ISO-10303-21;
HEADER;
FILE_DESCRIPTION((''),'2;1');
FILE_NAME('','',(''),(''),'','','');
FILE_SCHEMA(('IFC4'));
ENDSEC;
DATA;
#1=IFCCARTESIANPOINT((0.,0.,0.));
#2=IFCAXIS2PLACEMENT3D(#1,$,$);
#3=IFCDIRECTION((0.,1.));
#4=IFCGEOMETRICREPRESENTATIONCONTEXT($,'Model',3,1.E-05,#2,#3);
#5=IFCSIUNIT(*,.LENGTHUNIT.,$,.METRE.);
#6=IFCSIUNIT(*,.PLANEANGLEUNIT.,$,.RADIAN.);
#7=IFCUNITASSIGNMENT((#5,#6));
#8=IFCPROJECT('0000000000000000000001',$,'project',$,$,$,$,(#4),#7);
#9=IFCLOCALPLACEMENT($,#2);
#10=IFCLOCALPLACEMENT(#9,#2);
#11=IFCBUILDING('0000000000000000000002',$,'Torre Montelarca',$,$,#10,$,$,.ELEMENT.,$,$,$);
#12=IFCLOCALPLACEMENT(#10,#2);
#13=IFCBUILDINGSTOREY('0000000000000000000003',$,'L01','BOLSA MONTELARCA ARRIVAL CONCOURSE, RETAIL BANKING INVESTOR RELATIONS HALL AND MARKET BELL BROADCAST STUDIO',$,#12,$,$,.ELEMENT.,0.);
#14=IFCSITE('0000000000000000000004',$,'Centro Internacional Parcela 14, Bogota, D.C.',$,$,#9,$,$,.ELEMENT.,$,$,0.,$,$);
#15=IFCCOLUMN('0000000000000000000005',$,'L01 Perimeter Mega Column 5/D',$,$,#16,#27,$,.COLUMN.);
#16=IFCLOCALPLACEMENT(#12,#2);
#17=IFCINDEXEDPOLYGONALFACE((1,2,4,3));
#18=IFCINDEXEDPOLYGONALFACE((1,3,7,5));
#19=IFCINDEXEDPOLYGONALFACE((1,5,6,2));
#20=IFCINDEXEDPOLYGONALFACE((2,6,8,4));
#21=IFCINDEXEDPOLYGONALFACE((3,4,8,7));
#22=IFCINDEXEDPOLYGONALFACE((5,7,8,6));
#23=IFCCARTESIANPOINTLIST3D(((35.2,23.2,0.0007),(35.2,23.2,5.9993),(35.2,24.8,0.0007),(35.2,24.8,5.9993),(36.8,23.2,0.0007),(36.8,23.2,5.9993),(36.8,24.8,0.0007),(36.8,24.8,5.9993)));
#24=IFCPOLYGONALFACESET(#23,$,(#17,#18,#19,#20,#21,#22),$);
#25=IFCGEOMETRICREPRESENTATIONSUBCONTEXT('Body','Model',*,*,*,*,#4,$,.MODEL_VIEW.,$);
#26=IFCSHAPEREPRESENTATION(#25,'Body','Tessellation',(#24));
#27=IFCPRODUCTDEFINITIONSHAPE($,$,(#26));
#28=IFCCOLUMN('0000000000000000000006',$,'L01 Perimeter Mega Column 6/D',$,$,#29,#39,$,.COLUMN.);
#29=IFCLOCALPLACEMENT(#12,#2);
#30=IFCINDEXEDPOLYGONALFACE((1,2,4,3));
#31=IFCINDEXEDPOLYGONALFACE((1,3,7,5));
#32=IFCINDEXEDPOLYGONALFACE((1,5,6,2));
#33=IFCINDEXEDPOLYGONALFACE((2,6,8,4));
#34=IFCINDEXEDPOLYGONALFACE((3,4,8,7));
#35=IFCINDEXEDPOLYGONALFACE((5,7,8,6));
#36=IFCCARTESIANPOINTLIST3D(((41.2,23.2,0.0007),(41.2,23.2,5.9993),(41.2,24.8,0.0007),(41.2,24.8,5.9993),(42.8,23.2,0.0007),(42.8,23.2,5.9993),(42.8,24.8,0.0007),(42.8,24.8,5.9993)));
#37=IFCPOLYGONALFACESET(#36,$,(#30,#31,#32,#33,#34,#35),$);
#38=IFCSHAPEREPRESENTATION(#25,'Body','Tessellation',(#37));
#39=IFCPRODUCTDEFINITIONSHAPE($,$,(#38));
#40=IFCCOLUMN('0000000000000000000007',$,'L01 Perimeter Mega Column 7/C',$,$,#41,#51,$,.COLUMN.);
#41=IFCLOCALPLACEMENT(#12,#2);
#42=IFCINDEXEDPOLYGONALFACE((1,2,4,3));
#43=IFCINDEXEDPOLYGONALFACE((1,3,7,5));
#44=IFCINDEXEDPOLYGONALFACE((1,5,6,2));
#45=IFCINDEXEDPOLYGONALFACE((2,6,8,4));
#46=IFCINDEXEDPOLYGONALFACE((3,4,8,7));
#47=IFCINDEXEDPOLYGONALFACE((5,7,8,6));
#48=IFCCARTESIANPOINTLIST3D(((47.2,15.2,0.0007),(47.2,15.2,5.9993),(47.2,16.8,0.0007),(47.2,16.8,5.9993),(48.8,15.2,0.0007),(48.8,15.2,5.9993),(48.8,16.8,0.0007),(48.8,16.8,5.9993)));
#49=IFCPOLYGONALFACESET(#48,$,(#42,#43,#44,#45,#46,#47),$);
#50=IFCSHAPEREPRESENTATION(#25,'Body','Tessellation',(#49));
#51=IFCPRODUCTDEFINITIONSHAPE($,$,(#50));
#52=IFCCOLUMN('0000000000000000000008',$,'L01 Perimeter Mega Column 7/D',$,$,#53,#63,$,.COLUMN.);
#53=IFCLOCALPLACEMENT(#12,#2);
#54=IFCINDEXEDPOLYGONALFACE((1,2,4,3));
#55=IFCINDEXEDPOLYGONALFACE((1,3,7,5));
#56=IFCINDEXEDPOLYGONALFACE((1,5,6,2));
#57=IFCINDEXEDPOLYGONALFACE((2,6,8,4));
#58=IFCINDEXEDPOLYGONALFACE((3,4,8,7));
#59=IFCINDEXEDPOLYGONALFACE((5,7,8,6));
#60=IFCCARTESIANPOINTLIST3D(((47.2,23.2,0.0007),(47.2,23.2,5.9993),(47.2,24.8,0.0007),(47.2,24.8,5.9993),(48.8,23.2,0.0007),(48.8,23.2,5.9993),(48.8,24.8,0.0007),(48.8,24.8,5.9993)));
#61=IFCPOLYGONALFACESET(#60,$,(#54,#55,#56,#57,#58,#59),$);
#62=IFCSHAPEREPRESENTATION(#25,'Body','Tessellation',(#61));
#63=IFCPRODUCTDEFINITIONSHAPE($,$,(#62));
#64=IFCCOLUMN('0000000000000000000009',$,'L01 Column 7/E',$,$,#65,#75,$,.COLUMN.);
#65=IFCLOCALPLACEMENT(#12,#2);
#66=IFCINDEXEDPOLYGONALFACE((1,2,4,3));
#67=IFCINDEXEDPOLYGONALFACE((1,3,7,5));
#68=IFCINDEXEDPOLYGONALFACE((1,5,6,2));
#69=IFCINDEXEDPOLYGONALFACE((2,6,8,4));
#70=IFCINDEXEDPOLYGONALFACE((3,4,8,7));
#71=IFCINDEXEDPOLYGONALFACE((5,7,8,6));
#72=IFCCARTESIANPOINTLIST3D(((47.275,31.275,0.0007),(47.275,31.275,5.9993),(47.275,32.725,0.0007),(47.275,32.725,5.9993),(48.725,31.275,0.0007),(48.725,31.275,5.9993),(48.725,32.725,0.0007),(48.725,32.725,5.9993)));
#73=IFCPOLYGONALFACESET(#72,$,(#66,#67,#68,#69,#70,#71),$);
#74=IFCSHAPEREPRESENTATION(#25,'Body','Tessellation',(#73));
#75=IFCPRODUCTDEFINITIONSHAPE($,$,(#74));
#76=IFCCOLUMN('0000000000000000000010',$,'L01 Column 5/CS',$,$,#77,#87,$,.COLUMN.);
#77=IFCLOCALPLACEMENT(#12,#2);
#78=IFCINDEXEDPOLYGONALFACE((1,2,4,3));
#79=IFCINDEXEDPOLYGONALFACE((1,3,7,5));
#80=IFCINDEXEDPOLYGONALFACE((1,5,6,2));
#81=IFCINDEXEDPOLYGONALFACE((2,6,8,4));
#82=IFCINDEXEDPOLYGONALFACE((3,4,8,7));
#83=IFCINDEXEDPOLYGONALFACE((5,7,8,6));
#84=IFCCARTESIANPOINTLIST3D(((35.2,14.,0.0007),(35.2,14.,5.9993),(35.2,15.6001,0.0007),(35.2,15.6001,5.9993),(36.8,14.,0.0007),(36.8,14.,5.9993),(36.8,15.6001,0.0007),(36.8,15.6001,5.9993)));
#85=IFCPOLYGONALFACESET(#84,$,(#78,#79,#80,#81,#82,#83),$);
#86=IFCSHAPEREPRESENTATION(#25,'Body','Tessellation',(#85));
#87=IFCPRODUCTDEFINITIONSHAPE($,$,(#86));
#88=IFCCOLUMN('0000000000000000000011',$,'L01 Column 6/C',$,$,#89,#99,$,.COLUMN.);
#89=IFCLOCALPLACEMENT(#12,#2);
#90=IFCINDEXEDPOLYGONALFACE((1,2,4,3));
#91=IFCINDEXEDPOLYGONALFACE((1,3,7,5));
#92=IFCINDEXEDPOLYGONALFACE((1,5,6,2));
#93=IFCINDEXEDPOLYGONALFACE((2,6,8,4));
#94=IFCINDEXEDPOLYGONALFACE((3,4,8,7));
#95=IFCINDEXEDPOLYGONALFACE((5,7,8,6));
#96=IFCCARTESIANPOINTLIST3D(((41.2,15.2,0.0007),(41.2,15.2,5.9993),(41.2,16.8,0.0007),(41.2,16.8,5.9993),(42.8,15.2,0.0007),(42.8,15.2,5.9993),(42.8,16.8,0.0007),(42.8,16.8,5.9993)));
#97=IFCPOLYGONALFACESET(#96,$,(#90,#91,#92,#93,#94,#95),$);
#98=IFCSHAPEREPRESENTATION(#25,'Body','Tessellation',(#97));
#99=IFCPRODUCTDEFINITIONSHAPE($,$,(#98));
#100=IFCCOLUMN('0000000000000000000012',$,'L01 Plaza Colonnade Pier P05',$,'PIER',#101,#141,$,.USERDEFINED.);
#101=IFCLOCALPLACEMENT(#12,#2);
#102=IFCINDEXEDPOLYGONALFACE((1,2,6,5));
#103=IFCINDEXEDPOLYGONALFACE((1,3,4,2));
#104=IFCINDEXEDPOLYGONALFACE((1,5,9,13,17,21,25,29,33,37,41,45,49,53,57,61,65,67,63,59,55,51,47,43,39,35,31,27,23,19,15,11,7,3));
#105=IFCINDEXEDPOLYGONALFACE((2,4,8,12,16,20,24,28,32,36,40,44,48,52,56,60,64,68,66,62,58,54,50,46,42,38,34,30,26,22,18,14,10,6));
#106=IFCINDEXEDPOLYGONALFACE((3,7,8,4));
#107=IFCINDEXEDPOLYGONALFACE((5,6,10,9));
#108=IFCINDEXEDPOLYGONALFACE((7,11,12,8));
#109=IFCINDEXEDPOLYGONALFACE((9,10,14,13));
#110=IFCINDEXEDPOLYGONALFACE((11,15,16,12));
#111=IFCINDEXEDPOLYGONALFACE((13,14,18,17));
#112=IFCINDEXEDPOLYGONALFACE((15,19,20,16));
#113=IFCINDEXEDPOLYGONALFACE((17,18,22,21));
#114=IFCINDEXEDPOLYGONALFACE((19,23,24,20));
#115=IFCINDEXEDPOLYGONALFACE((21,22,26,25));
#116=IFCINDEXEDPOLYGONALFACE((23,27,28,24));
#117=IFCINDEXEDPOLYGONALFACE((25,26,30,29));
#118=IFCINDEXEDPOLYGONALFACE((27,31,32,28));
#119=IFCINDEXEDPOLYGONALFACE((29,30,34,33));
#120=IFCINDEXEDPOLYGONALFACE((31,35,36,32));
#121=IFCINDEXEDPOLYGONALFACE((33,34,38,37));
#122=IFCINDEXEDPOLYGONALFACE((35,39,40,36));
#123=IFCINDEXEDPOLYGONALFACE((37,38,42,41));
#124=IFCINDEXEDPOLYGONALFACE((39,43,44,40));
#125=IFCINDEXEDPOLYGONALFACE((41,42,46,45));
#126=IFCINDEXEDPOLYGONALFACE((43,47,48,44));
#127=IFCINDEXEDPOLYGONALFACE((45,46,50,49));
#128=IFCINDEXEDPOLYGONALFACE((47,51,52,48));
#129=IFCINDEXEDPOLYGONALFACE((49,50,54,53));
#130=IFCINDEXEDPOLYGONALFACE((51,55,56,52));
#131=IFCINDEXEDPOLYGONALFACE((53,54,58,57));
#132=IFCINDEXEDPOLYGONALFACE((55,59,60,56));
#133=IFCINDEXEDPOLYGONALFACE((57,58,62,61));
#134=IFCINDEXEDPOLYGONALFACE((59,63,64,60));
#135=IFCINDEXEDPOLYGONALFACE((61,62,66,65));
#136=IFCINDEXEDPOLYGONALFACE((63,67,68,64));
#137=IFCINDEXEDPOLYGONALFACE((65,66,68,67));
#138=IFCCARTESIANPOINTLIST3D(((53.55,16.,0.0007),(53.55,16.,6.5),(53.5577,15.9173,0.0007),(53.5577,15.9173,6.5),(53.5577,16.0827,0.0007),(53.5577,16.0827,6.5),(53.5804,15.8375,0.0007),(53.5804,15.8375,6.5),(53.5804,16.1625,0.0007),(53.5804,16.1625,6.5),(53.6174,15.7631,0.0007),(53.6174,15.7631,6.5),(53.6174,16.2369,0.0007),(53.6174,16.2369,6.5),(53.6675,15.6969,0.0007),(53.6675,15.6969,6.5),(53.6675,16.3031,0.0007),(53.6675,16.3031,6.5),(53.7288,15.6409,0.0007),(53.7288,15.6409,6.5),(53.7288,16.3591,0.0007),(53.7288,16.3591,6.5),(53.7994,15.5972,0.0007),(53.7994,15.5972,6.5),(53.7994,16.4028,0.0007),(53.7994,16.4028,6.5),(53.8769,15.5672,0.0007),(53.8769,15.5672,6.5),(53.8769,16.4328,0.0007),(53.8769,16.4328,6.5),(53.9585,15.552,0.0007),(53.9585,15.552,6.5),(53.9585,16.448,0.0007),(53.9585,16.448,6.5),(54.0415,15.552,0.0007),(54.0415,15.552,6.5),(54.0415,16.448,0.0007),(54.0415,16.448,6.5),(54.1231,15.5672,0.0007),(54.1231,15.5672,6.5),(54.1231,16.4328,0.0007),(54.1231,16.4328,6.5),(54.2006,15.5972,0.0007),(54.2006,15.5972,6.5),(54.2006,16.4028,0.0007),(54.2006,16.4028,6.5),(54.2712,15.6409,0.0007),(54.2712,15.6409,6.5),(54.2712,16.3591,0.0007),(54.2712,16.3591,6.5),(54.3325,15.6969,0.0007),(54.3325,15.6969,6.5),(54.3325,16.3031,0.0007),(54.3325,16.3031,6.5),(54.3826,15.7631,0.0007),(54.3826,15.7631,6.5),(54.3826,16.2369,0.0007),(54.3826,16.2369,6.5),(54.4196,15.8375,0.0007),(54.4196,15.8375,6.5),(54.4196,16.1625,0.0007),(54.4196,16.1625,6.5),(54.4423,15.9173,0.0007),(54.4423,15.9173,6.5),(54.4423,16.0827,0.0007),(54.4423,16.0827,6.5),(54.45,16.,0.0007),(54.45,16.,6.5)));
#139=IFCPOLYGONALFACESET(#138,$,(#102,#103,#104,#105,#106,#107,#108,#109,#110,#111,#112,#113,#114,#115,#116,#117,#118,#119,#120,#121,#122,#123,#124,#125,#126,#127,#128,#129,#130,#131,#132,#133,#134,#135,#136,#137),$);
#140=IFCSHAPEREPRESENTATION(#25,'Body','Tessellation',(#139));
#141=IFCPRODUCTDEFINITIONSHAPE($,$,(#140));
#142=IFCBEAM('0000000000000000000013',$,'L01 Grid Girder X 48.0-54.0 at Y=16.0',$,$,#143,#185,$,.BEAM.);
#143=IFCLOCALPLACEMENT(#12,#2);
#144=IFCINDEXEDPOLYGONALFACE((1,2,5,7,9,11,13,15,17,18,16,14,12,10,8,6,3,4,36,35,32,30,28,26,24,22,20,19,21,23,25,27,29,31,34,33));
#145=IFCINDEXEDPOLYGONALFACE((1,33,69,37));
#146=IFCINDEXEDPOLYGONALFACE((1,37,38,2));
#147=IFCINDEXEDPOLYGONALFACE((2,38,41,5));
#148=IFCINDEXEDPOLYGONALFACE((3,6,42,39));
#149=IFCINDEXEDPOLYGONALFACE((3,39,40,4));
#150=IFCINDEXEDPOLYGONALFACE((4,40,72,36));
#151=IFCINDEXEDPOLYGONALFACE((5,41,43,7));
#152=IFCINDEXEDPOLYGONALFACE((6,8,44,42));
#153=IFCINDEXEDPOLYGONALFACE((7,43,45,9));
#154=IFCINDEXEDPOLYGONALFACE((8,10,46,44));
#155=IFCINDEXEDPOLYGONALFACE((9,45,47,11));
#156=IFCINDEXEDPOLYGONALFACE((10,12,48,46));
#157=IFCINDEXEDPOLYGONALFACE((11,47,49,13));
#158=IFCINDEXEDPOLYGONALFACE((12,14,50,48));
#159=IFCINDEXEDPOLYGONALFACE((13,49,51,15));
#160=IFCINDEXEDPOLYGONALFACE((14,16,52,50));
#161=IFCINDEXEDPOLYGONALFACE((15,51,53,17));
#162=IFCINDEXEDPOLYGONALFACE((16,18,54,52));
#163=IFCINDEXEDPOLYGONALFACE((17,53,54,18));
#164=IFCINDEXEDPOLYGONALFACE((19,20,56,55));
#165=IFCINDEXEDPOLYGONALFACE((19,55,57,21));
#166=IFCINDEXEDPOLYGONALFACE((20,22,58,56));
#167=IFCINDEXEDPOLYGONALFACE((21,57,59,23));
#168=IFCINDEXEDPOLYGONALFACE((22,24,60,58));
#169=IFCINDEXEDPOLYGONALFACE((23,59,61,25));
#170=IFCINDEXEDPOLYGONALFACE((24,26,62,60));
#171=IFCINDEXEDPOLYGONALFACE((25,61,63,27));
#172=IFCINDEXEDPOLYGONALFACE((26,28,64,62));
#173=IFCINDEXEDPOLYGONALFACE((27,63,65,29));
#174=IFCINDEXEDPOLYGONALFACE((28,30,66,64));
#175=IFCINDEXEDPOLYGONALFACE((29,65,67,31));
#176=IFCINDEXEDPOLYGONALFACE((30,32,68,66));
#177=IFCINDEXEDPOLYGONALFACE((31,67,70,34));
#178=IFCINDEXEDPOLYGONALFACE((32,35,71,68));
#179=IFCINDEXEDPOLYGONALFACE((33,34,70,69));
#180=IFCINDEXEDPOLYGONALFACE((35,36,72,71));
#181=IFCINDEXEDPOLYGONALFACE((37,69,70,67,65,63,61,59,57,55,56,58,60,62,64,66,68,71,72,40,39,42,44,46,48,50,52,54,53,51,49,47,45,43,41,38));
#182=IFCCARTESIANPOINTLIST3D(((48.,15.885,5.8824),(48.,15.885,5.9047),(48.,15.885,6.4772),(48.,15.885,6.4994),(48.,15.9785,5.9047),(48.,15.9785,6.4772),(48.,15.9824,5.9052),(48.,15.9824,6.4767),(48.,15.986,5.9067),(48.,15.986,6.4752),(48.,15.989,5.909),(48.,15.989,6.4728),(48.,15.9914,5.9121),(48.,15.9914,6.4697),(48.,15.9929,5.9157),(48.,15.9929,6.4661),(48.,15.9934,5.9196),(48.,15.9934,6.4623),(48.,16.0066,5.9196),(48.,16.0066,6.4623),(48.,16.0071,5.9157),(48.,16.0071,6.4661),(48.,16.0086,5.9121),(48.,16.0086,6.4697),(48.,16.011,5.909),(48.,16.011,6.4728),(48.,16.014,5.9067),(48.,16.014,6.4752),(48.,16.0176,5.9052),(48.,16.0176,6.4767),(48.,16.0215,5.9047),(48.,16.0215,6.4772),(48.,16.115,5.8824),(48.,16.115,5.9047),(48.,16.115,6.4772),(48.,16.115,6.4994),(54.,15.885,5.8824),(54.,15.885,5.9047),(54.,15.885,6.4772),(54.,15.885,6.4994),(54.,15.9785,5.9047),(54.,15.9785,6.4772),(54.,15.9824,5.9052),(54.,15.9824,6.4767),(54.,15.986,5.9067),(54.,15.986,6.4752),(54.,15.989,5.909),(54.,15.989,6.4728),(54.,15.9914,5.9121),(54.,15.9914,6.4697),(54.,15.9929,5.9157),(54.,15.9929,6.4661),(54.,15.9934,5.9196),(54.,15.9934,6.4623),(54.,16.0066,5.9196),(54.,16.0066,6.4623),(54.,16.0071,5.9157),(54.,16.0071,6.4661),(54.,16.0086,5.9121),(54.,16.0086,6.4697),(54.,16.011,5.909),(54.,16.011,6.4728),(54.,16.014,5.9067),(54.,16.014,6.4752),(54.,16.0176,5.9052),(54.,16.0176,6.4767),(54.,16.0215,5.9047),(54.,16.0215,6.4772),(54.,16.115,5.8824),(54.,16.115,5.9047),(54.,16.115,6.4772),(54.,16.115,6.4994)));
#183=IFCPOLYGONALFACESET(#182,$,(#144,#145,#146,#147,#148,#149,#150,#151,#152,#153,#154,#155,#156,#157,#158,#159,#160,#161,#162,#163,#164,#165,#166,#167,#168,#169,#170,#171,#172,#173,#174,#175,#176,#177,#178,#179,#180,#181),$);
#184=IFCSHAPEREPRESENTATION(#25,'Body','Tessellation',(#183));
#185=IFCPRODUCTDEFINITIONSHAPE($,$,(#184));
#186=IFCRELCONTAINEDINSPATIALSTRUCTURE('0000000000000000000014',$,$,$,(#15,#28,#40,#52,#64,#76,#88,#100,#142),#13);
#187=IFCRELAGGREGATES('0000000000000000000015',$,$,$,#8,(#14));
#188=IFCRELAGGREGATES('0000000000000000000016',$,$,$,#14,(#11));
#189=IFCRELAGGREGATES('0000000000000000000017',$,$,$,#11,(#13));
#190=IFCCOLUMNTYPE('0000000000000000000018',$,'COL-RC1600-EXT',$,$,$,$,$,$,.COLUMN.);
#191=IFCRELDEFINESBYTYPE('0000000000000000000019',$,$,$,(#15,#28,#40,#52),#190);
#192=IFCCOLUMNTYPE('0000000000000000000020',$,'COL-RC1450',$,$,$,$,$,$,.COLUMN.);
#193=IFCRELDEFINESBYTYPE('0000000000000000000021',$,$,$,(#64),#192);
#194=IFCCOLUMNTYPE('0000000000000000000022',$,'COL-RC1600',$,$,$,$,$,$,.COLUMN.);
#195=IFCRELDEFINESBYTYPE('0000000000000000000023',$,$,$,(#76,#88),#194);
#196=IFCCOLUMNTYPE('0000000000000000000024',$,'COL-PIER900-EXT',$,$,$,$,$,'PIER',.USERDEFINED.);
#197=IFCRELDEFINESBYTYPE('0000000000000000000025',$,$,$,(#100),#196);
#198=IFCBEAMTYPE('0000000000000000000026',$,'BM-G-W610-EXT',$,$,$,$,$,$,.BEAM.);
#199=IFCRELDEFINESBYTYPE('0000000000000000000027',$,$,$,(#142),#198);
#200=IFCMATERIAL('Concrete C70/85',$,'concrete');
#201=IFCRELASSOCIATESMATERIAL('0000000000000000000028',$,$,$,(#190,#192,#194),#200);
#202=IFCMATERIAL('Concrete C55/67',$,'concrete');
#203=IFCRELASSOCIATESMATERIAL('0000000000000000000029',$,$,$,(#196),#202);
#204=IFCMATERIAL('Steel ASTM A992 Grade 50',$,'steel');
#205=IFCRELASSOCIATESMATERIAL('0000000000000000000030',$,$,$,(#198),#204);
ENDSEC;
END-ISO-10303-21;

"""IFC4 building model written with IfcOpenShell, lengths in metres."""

from ifc_helpers import new_model, si_unit, direction, frame, origin, origin_2d, place, context, subcontext, project, spatial, rectangle, circle, i_section, extrude, source, transform, mapped, material, material_profile, profile_set, type_object, element, save


model = new_model("IFC4")

# Units and contexts
model_context = context("Model", 3, precision=1e-05, world=origin(), true_north=direction((0.0, 1.0)))
body_context = subcontext(model_context, "Body", "Model", "MODEL_VIEW")
ifc_project = project(units=[si_unit("LENGTHUNIT", "METRE"), si_unit("PLANEANGLEUNIT", "RADIAN")], contexts=[model_context])

# Site, building, storey
site_placement = place(None, origin())
site = spatial("IfcSite", under=ifc_project, at=site_placement, Name="Centro Internacional Parcela 14, Bogota, D.C.", CompositionType="ELEMENT", RefElevation=0.0)
building_placement = place(site_placement, origin())
building = spatial("IfcBuilding", under=site, at=building_placement, Name="Torre Montelarca", CompositionType="ELEMENT")
storey_placement = place(building_placement, origin())
storey = spatial("IfcBuildingStorey", under=building, at=storey_placement, Name="L01", Description="BOLSA MONTELARCA ARRIVAL CONCOURSE, RETAIL BANKING INVESTOR RELATIONS HALL AND MARKET BELL BROADCAST STUDIO", CompositionType="ELEMENT", Elevation=0.0)

# Columns
ifc_material_1 = material(Name="Concrete C70/85", Category="concrete")
ifc_material_profile_1 = material_profile(ifc_material_1, rectangle(XDim=1.6001, YDim=1.6001, at=origin_2d()), Name="RC1600X1600", Category="concrete")
ifc_profile_set_1 = profile_set([ifc_material_profile_1], Name="Concrete C70/85")
column_type_1 = type_object("IfcColumnType", Name="COL-RC1600-EXT", PredefinedType="COLUMN", material=ifc_profile_set_1)
shared_shape_1 = source(origin(), body_context, "Body", "SweptSolid", [
    extrude(rectangle(XDim=1.6001, YDim=1.6001, at=origin_2d()), origin(), (0.0, 0.0, 1.0), 5.9985),
])
for number, where, z_axis, x_axis, name in (
    (1, (36.0, 24.0, 0.0007), (0.0, 0.0, 1.0), (1.0, 0.0, 0.0), "L01 Perimeter Mega Column 5/D"),
    (2, (42.0, 24.0, 0.0007), (0.0, 0.0, 1.0), (1.0, 0.0, 0.0), "L01 Perimeter Mega Column 6/D"),
    (3, (48.0, 16.0, 0.0007), (0.0, 0.0, 1.0), (1.0, 0.0, 0.0), "L01 Perimeter Mega Column 7/C"),
    (4, (48.0, 24.0, 0.0007), (0.0, 0.0, 1.0), (1.0, 0.0, 0.0), "L01 Perimeter Mega Column 7/D"),
):
    element("IfcColumn", number, at=place(storey_placement, frame(where, z_axis=z_axis, x_axis=x_axis)), inside=storey, type_object=column_type_1, Name=name, PredefinedType="COLUMN", context=body_context, shape_type="MappedRepresentation", body=[
        mapped(shared_shape_1, transform((0.0, 0.0, 0.0), scale=1.0)),
    ])
ifc_material_profile_2 = material_profile(ifc_material_1, rectangle(XDim=1.45, YDim=1.45, at=origin_2d()), Name="RC1450X1450", Category="concrete")
ifc_profile_set_2 = profile_set([ifc_material_profile_2], Name="Concrete C70/85")
column_type_2 = type_object("IfcColumnType", Name="COL-RC1450", PredefinedType="COLUMN", material=ifc_profile_set_2)
shared_shape_2 = source(origin(), body_context, "Body", "SweptSolid", [
    extrude(rectangle(XDim=1.45, YDim=1.45, at=origin_2d()), origin(), (0.0, 0.0, 1.0), 5.9985),
])
column_1_placement = place(storey_placement, frame((48.0, 32.0, 0.0007), z_axis=(0.0, 0.0, 1.0), x_axis=(1.0, 0.0, 0.0)))
element("IfcColumn", 5, at=column_1_placement, inside=storey, type_object=column_type_2, Name="L01 Column 7/E", PredefinedType="COLUMN", context=body_context, shape_type="MappedRepresentation", body=[
    mapped(shared_shape_2, transform((0.0, 0.0, 0.0), scale=1.0)),
])
ifc_material_profile_3 = material_profile(ifc_material_1, rectangle(XDim=1.6001, YDim=1.6001, at=origin_2d()), Name="RC1600X1600", Category="concrete")
ifc_profile_set_3 = profile_set([ifc_material_profile_3], Name="Concrete C70/85")
column_type_3 = type_object("IfcColumnType", Name="COL-RC1600", PredefinedType="COLUMN", material=ifc_profile_set_3)
shared_shape_3 = source(origin(), body_context, "Body", "SweptSolid", [
    extrude(rectangle(XDim=1.6001, YDim=1.6001, at=origin_2d()), origin(), (0.0, 0.0, 1.0), 5.9985),
])
for number, where, z_axis, x_axis, name in (
    (6, (36.0, 14.8, 0.0007), (0.0, 0.0, 1.0), (1.0, 0.0, 0.0), "L01 Column 5/CS"),
    (7, (42.0, 16.0, 0.0007), (0.0, 0.0, 1.0), (1.0, 0.0, 0.0), "L01 Column 6/C"),
):
    element("IfcColumn", number, at=place(storey_placement, frame(where, z_axis=z_axis, x_axis=x_axis)), inside=storey, type_object=column_type_3, Name=name, PredefinedType="COLUMN", context=body_context, shape_type="MappedRepresentation", body=[
        mapped(shared_shape_3, transform((0.0, 0.0, 0.0), scale=1.0)),
    ])
ifc_material_2 = material(Name="Concrete C55/67", Category="concrete")
ifc_material_profile_4 = material_profile(ifc_material_2, circle(Radius=0.45, at=origin_2d()), Name="RCC900", Category="concrete")
ifc_profile_set_4 = profile_set([ifc_material_profile_4], Name="Concrete C55/67")
column_type_4 = type_object("IfcColumnType", Name="COL-PIER900-EXT", ElementType="PIER", PredefinedType="USERDEFINED", material=ifc_profile_set_4)
shared_shape_4 = source(origin(), body_context, "Body", "SweptSolid", [
    extrude(circle(Radius=0.45, at=origin_2d()), origin(), (0.0, 0.0, 1.0), 6.4993),
])
column_2_placement = place(storey_placement, frame((54.0, 16.0, 0.0007), z_axis=(0.0, 0.0, 1.0), x_axis=(1.0, 0.0, 0.0)))
element("IfcColumn", 8, at=column_2_placement, inside=storey, type_object=column_type_4, Name="L01 Plaza Colonnade Pier P05", ObjectType="PIER", PredefinedType="USERDEFINED", context=body_context, shape_type="MappedRepresentation", body=[
    mapped(shared_shape_4, transform((0.0, 0.0, 0.0), scale=1.0)),
])

# Beam
ifc_material_3 = material(Name="Steel ASTM A992 Grade 50", Category="steel")
ifc_material_profile_5 = material_profile(ifc_material_3, i_section(OverallWidth=0.23, OverallDepth=0.6169, WebThickness=0.0132, FlangeThickness=0.0222, FilletRadius=0.0149, at=origin_2d()), Name="W610X140", Category="steel")
ifc_profile_set_5 = profile_set([ifc_material_profile_5], Name="Steel ASTM A992 Grade 50")
beam_type_1 = type_object("IfcBeamType", Name="BM-G-W610-EXT", PredefinedType="BEAM", material=ifc_profile_set_5)
shared_shape_5 = source(origin(), body_context, "Body", "SweptSolid", [
    extrude(i_section(OverallWidth=0.23, OverallDepth=0.6169, WebThickness=0.0132, FlangeThickness=0.0222, FilletRadius=0.0149, at=origin_2d()), origin(), (0.0, 0.0, 1.0), 6.0),
])
beam_1_placement = place(storey_placement, frame((48.0, 16.0, 6.1909), z_axis=(1.0, 0.0, 0.0), x_axis=(0.0, 1.0, 0.0)))
element("IfcBeam", 9, at=beam_1_placement, inside=storey, type_object=beam_type_1, Name="L01 Grid Girder X 48.0-54.0 at Y=16.0", PredefinedType="BEAM", context=body_context, shape_type="MappedRepresentation", body=[
    mapped(shared_shape_5, transform((0.0, 0.0, 0.0), scale=1.0)),
])

save(model, "model.ifc")
